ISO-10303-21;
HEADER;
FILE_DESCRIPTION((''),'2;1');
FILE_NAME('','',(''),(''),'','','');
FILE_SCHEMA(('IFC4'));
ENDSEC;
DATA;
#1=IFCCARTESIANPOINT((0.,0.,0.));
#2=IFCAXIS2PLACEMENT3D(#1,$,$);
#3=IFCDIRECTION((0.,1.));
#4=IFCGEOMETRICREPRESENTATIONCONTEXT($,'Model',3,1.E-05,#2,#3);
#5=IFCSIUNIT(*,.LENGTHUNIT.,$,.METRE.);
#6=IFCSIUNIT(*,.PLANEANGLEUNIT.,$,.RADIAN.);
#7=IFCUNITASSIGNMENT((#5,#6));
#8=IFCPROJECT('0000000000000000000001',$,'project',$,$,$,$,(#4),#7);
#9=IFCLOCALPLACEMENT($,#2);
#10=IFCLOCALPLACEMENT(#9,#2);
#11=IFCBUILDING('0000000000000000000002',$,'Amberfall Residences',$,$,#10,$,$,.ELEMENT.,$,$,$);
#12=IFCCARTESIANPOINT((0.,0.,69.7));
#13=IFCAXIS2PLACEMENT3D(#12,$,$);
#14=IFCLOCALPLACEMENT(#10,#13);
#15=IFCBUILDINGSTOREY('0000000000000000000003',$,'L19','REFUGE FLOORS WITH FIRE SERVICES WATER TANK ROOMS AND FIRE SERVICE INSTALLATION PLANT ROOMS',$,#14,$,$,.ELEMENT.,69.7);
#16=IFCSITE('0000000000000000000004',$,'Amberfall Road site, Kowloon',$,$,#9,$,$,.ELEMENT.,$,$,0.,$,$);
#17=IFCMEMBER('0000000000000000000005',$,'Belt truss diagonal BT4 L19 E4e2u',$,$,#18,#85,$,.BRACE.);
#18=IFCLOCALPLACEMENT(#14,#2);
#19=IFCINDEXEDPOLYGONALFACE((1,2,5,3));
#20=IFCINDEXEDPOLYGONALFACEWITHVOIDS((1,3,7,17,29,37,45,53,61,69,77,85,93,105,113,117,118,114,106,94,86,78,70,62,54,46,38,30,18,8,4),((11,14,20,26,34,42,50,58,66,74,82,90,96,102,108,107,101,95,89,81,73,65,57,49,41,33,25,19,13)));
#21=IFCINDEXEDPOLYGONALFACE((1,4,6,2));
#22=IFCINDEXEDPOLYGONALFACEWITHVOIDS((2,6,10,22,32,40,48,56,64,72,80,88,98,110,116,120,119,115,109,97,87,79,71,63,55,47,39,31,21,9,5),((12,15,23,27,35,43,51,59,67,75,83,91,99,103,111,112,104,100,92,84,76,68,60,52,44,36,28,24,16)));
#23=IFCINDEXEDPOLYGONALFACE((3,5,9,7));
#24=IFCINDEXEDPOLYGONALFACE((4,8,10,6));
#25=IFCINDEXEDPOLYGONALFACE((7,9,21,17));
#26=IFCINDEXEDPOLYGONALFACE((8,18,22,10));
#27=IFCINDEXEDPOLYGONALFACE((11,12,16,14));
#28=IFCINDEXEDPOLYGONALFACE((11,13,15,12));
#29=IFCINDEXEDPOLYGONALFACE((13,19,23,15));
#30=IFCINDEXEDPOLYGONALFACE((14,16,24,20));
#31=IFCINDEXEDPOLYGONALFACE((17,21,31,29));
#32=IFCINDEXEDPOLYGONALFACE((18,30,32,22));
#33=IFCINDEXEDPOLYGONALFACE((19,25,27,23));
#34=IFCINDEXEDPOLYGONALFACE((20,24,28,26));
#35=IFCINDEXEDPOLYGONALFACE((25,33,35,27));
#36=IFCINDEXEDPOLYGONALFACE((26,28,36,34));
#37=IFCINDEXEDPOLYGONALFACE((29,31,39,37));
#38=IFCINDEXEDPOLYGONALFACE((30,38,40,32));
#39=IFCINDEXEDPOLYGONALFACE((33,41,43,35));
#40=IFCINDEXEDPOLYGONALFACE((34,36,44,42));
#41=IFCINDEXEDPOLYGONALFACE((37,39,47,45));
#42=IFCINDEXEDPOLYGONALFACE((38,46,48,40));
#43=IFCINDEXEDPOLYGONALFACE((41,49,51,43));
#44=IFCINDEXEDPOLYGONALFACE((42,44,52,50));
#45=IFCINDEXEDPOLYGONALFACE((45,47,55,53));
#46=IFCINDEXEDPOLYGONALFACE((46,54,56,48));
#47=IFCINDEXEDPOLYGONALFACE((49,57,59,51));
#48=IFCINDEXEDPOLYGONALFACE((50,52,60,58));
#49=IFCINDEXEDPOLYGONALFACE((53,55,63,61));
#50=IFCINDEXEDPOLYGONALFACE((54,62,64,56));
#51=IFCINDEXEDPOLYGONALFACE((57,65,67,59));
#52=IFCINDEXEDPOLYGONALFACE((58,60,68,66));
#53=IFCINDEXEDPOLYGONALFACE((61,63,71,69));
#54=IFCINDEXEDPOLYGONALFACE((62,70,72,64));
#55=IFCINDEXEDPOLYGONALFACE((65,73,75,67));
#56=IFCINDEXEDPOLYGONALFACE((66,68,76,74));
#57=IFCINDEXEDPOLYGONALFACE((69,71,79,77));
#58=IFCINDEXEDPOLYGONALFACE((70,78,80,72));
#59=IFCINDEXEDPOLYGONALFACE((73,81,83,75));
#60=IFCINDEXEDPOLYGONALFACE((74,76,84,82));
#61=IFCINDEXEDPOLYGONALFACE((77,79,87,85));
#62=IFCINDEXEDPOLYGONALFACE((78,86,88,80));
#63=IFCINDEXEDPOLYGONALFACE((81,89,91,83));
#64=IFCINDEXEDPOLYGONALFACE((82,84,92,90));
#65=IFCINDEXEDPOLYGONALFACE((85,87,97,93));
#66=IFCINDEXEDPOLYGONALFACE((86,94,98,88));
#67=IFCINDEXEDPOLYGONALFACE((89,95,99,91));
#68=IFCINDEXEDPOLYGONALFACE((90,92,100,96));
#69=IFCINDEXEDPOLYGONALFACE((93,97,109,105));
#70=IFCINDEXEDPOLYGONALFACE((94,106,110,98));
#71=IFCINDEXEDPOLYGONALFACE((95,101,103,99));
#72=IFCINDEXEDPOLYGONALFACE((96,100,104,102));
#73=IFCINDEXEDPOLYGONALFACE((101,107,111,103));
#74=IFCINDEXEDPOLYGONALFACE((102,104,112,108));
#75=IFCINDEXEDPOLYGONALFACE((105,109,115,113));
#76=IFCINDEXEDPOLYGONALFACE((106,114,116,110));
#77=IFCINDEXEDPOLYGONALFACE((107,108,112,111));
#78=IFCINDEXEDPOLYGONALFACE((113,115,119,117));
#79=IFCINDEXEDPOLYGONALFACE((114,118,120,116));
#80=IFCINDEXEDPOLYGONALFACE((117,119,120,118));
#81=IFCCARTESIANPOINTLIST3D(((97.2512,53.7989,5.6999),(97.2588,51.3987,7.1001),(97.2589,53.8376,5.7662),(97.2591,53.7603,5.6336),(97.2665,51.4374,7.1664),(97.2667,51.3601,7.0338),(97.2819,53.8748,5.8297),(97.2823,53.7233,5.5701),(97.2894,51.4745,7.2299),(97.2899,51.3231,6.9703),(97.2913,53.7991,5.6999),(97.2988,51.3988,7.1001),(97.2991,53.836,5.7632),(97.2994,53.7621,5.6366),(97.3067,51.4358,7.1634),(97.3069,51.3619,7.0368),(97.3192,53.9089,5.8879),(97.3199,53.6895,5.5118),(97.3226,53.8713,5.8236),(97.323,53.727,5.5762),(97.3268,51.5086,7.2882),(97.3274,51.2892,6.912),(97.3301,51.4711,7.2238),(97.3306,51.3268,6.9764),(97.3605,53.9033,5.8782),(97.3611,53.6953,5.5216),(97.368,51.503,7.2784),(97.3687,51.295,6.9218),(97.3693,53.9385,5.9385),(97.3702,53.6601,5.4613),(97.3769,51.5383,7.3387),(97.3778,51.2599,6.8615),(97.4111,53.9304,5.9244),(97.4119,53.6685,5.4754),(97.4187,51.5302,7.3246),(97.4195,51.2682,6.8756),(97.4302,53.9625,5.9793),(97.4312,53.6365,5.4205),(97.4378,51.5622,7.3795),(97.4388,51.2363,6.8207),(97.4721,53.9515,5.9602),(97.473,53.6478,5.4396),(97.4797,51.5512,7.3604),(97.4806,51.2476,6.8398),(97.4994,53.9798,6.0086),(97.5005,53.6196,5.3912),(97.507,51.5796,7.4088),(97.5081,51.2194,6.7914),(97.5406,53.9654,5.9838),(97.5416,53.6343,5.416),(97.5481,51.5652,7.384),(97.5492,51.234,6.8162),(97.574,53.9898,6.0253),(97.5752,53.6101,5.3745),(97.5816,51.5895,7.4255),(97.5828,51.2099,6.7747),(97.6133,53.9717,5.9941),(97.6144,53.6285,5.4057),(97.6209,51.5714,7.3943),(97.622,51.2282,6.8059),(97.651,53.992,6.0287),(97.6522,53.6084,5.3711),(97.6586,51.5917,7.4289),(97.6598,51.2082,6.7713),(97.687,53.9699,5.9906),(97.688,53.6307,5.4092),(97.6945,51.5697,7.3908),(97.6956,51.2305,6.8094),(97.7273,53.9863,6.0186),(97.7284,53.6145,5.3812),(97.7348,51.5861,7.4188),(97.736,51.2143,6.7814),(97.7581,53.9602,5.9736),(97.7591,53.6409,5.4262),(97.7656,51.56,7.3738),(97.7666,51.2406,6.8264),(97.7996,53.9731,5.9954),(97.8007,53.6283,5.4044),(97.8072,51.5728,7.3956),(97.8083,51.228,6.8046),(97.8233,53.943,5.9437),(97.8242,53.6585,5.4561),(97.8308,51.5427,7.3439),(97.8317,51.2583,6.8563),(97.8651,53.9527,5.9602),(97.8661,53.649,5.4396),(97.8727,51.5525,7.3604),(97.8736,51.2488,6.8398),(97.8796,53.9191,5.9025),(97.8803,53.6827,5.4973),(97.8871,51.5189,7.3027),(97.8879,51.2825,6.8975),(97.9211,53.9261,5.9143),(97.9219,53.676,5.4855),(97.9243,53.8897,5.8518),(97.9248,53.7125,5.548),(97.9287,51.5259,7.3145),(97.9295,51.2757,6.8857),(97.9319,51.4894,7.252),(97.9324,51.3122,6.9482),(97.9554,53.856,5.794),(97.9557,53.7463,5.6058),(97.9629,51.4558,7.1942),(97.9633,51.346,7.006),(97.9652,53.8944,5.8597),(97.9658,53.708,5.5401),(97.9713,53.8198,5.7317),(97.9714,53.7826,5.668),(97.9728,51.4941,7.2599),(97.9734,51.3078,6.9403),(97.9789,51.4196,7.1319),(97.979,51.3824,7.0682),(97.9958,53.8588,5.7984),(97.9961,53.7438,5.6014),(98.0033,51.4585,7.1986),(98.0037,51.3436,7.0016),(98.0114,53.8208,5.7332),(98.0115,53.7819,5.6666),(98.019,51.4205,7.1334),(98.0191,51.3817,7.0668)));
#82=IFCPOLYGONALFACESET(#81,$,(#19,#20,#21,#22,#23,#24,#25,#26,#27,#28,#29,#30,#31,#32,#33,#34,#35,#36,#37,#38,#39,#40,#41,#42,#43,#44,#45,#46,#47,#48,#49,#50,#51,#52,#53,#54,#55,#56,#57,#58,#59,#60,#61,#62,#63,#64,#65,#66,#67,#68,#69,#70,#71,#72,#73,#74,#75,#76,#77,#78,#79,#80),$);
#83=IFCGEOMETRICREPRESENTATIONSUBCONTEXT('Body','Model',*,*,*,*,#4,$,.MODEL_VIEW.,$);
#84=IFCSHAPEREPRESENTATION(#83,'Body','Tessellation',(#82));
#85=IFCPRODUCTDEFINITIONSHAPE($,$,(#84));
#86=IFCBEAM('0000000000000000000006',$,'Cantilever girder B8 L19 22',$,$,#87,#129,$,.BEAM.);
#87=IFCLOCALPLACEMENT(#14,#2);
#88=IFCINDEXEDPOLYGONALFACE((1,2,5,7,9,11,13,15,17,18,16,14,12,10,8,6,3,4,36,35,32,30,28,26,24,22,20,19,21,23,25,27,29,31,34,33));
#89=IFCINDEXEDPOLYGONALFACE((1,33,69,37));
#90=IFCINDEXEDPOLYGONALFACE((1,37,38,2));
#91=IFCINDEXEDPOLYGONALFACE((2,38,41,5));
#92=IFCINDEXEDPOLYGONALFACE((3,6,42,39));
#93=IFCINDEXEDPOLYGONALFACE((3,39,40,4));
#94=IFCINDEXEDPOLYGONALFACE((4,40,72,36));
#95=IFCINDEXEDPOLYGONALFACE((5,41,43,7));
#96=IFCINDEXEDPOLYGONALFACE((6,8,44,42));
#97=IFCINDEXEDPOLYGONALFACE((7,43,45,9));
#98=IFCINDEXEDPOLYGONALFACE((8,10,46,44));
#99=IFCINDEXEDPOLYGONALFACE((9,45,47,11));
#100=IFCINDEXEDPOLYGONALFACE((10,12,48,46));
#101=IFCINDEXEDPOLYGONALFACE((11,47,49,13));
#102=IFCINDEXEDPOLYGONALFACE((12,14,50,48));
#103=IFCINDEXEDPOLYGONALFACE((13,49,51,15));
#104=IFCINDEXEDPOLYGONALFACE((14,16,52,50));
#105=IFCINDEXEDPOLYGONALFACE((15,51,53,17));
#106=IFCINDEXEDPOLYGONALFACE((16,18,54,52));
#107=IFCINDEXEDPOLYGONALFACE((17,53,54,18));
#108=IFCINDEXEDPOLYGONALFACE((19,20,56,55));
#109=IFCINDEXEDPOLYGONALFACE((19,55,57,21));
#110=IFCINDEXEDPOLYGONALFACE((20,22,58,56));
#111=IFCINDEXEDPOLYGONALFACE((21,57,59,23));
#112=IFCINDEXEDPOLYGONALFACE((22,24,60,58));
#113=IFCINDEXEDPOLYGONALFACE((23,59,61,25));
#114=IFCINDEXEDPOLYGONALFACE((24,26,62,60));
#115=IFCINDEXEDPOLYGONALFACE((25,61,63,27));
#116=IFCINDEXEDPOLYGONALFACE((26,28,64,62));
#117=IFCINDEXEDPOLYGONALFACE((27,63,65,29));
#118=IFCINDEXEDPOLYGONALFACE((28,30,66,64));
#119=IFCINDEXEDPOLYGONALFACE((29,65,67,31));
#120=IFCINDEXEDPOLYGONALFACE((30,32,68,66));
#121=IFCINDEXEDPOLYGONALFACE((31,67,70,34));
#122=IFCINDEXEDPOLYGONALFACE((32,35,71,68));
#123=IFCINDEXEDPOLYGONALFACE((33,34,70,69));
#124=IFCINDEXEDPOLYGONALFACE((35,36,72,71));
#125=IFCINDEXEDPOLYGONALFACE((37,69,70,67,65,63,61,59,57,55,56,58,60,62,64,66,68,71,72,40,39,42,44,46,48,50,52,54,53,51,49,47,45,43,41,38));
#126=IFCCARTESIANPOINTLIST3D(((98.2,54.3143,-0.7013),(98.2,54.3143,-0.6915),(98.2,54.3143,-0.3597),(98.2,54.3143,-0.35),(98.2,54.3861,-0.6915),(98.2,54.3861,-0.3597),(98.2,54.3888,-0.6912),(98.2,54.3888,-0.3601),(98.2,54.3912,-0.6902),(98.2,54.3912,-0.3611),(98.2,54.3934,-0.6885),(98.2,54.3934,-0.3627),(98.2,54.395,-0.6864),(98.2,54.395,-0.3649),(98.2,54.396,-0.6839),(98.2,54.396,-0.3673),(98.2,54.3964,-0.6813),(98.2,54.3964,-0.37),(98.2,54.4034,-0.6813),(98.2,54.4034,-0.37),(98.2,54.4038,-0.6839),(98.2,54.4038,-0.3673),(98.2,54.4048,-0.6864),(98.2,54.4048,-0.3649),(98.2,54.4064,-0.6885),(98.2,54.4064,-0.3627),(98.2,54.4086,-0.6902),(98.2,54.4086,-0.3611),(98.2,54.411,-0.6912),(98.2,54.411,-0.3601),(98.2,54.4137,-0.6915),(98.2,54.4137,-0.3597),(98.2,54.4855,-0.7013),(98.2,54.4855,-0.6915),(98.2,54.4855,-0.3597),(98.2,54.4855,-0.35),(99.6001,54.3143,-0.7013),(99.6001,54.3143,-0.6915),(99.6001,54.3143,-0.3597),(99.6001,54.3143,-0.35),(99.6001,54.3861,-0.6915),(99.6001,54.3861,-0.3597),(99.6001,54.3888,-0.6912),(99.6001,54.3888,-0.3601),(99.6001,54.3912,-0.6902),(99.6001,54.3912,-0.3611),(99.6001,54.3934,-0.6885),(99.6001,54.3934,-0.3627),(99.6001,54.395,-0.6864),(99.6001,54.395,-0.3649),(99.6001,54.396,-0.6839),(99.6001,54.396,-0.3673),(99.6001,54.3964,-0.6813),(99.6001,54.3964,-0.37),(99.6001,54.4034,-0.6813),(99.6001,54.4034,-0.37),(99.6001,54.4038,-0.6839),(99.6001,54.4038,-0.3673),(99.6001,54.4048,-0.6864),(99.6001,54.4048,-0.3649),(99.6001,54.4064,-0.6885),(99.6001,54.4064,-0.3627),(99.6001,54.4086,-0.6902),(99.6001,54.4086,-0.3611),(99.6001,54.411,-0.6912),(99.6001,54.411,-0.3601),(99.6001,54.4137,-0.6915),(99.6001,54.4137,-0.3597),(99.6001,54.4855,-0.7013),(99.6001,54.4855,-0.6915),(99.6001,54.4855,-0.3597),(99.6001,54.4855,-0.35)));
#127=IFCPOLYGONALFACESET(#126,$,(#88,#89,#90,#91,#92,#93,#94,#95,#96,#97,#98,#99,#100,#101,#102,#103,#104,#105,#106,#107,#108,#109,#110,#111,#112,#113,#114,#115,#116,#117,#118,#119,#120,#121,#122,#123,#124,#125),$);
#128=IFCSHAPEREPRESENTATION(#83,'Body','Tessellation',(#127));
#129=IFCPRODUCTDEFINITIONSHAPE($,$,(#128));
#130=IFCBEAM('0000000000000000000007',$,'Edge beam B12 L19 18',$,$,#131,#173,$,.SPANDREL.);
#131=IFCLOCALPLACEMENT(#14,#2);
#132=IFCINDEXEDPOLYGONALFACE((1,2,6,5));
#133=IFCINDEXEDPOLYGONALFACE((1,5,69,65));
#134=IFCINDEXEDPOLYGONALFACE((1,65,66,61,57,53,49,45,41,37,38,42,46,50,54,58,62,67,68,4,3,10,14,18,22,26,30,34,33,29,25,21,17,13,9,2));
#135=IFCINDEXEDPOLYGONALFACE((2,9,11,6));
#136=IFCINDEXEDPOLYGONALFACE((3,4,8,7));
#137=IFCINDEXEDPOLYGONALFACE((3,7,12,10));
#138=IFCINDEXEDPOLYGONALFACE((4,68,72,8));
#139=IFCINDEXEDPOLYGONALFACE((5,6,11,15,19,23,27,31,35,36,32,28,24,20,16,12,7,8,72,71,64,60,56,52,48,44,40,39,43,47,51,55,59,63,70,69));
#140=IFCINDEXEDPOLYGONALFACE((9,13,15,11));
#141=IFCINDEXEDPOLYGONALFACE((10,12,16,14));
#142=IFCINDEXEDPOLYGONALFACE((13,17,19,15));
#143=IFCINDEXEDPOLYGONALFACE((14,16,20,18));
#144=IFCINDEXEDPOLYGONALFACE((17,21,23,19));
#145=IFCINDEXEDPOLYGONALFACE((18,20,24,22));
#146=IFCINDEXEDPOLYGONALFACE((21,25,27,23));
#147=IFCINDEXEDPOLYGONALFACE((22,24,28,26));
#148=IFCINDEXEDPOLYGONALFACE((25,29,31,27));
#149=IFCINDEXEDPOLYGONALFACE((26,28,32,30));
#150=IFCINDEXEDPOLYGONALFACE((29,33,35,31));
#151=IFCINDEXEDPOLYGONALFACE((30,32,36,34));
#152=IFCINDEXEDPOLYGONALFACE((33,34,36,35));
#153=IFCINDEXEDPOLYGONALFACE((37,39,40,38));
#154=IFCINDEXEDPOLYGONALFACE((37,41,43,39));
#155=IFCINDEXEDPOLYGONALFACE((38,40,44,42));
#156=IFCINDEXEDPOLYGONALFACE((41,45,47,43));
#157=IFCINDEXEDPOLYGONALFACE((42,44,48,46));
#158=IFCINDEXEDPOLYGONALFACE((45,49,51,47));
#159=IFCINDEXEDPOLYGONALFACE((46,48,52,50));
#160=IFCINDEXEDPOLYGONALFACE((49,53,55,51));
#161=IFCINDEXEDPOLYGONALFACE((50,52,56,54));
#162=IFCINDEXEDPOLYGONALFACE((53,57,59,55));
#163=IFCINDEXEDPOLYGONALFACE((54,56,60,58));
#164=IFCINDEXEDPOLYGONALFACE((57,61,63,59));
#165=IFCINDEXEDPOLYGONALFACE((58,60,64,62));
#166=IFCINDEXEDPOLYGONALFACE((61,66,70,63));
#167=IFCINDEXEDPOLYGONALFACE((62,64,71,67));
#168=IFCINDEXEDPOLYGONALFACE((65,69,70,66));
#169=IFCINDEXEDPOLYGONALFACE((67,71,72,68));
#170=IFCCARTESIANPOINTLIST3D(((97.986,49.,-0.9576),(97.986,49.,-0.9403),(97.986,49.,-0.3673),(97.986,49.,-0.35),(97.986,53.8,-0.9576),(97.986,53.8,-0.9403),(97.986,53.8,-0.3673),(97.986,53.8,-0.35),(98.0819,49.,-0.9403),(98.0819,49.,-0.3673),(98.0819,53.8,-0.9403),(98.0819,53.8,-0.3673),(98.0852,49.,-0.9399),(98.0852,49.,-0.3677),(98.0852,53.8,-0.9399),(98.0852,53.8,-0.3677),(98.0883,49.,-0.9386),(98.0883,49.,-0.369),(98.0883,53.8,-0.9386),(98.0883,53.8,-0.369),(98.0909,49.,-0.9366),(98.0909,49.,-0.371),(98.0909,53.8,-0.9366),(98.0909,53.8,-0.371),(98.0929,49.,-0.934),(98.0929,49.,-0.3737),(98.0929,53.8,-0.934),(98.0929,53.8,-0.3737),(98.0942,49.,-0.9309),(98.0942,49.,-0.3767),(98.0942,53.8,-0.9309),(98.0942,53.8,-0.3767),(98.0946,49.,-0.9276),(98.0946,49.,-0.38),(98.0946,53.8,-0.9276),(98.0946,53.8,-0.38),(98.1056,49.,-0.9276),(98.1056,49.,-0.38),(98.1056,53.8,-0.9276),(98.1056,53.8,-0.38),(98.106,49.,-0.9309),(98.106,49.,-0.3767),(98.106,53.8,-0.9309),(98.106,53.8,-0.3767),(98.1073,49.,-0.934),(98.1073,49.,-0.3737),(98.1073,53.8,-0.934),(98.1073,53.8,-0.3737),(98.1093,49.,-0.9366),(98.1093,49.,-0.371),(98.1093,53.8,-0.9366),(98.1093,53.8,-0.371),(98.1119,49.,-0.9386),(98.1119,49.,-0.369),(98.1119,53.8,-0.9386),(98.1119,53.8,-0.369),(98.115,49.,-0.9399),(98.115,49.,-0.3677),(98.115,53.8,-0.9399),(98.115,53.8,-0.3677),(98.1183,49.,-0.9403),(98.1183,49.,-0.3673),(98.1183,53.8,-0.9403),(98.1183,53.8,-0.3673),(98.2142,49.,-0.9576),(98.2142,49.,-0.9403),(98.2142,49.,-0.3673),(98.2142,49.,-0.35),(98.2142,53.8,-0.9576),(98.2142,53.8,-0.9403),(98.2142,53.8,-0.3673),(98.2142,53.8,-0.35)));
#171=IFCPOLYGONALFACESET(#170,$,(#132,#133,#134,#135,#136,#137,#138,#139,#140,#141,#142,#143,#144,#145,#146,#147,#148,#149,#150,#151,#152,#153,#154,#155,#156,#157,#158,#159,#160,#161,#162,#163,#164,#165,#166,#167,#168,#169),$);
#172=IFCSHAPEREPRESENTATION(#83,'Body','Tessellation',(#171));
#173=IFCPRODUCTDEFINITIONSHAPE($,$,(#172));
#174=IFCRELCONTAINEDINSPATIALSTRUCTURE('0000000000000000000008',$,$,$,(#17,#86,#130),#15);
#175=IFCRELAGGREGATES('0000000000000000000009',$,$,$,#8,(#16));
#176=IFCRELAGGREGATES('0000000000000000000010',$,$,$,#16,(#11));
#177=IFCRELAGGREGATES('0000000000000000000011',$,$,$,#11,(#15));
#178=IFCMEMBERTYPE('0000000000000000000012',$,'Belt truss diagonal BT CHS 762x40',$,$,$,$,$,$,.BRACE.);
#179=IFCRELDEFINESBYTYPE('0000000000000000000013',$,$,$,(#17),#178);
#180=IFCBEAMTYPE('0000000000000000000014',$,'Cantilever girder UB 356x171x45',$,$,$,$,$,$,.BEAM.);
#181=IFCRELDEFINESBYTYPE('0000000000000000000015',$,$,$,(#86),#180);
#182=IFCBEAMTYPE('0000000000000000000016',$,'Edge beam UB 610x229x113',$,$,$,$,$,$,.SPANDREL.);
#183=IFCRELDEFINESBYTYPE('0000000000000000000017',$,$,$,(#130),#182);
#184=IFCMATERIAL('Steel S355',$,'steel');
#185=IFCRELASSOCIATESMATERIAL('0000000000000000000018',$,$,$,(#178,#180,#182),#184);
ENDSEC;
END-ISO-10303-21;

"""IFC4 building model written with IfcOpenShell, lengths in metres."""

from ifc_helpers import new_model, si_unit, direction, frame, origin, origin_2d, place, context, subcontext, project, spatial, hollow_circle, i_section, extrude, material, material_profile, profile_set, type_object, element, save


model = new_model("IFC4")

# Units and contexts
model_context = context("Model", 3, precision=1e-05, world=origin(), true_north=direction((0.0, 1.0)))
body_context = subcontext(model_context, "Body", "Model", "MODEL_VIEW")
ifc_project = project(units=[si_unit("LENGTHUNIT", "METRE"), si_unit("PLANEANGLEUNIT", "RADIAN")], contexts=[model_context])

# Site, building, storey
site_placement = place(None, origin())
site = spatial("IfcSite", under=ifc_project, at=site_placement, Name="Amberfall Road site, Kowloon", CompositionType="ELEMENT", RefElevation=0.0)
building_placement = place(site_placement, origin())
building = spatial("IfcBuilding", under=site, at=building_placement, Name="Amberfall Residences", CompositionType="ELEMENT")
storey_placement = place(building_placement, frame((0.0, 0.0, 69.7)))
storey = spatial("IfcBuildingStorey", under=building, at=storey_placement, Name="L19", Description="REFUGE FLOORS WITH FIRE SERVICES WATER TANK ROOMS AND FIRE SERVICE INSTALLATION PLANT ROOMS", CompositionType="ELEMENT", Elevation=69.7)

# Shared definitions
ifc_material_1 = material(Name="Steel S355", Category="steel")

# Member
ifc_material_profile_1 = material_profile(ifc_material_1, hollow_circle(Radius=0.3811, WallThickness=0.04, at=origin_2d()), Name="CHS 762x40")
ifc_profile_set_1 = profile_set([ifc_material_profile_1], Name="Steel S355")
member_type = type_object("IfcMemberType", Name="Belt truss diagonal BT CHS 762x40", PredefinedType="BRACE", material=ifc_profile_set_1)
member_1_placement = place(storey_placement, frame((97.6399, 51.3999, 7.1001), z_axis=(-0.002724, 0.863766, -0.503886), x_axis=(-0.999995, -0.003153, 0.0)))
element("IfcMember", 1, at=member_1_placement, inside=storey, type_object=member_type, Name="Belt truss diagonal BT4 L19 E4e2u", PredefinedType="BRACE", context=body_context, shape_type="SweptSolid", body=[
    extrude(hollow_circle(Radius=0.3811, WallThickness=0.04, at=origin_2d()), origin(), (0.0, 0.0, 1.0), 2.7788),
])

# Beams
ifc_material_profile_2 = material_profile(ifc_material_1, i_section(OverallWidth=0.1711, OverallDepth=0.3513, WebThickness=0.0071, FlangeThickness=0.0098, FilletRadius=0.0103, at=origin_2d()), Name="UB 356x171x45")
ifc_profile_set_2 = profile_set([ifc_material_profile_2], Name="Steel S355")
beam_type_1 = type_object("IfcBeamType", Name="Cantilever girder UB 356x171x45", PredefinedType="BEAM", material=ifc_profile_set_2)
beam_1_placement = place(storey_placement, frame((98.2, 54.3999, -0.5256), z_axis=(1.0, 0.0, 0.0), x_axis=(0.0, 1.0, 0.0)))
element("IfcBeam", 2, at=beam_1_placement, inside=storey, type_object=beam_type_1, Name="Cantilever girder B8 L19 22", PredefinedType="BEAM", context=body_context, shape_type="SweptSolid", body=[
    extrude(i_section(OverallWidth=0.1711, OverallDepth=0.3513, WebThickness=0.0071, FlangeThickness=0.0098, FilletRadius=0.0103, at=origin_2d()), origin(), (0.0, 0.0, 1.0), 1.4001),
])
ifc_material_profile_3 = material_profile(ifc_material_1, i_section(OverallWidth=0.2283, OverallDepth=0.6077, WebThickness=0.011, FlangeThickness=0.0173, FilletRadius=0.0127, at=origin_2d()), Name="UB 610x229x113")
ifc_profile_set_3 = profile_set([ifc_material_profile_3], Name="Steel S355")
beam_type_2 = type_object("IfcBeamType", Name="Edge beam UB 610x229x113", PredefinedType="SPANDREL", material=ifc_profile_set_3)
beam_2_placement = place(storey_placement, frame((98.1001, 49.0, -0.6538), z_axis=(0.0, 1.0, 0.0), x_axis=(-1.0, 0.0, 0.0)))
element("IfcBeam", 3, at=beam_2_placement, inside=storey, type_object=beam_type_2, Name="Edge beam B12 L19 18", PredefinedType="SPANDREL", context=body_context, shape_type="SweptSolid", body=[
    extrude(i_section(OverallWidth=0.2283, OverallDepth=0.6077, WebThickness=0.011, FlangeThickness=0.0173, FilletRadius=0.0127, at=origin_2d()), origin(), (0.0, 0.0, 1.0), 4.8),
])

save(model, "model.ifc")
